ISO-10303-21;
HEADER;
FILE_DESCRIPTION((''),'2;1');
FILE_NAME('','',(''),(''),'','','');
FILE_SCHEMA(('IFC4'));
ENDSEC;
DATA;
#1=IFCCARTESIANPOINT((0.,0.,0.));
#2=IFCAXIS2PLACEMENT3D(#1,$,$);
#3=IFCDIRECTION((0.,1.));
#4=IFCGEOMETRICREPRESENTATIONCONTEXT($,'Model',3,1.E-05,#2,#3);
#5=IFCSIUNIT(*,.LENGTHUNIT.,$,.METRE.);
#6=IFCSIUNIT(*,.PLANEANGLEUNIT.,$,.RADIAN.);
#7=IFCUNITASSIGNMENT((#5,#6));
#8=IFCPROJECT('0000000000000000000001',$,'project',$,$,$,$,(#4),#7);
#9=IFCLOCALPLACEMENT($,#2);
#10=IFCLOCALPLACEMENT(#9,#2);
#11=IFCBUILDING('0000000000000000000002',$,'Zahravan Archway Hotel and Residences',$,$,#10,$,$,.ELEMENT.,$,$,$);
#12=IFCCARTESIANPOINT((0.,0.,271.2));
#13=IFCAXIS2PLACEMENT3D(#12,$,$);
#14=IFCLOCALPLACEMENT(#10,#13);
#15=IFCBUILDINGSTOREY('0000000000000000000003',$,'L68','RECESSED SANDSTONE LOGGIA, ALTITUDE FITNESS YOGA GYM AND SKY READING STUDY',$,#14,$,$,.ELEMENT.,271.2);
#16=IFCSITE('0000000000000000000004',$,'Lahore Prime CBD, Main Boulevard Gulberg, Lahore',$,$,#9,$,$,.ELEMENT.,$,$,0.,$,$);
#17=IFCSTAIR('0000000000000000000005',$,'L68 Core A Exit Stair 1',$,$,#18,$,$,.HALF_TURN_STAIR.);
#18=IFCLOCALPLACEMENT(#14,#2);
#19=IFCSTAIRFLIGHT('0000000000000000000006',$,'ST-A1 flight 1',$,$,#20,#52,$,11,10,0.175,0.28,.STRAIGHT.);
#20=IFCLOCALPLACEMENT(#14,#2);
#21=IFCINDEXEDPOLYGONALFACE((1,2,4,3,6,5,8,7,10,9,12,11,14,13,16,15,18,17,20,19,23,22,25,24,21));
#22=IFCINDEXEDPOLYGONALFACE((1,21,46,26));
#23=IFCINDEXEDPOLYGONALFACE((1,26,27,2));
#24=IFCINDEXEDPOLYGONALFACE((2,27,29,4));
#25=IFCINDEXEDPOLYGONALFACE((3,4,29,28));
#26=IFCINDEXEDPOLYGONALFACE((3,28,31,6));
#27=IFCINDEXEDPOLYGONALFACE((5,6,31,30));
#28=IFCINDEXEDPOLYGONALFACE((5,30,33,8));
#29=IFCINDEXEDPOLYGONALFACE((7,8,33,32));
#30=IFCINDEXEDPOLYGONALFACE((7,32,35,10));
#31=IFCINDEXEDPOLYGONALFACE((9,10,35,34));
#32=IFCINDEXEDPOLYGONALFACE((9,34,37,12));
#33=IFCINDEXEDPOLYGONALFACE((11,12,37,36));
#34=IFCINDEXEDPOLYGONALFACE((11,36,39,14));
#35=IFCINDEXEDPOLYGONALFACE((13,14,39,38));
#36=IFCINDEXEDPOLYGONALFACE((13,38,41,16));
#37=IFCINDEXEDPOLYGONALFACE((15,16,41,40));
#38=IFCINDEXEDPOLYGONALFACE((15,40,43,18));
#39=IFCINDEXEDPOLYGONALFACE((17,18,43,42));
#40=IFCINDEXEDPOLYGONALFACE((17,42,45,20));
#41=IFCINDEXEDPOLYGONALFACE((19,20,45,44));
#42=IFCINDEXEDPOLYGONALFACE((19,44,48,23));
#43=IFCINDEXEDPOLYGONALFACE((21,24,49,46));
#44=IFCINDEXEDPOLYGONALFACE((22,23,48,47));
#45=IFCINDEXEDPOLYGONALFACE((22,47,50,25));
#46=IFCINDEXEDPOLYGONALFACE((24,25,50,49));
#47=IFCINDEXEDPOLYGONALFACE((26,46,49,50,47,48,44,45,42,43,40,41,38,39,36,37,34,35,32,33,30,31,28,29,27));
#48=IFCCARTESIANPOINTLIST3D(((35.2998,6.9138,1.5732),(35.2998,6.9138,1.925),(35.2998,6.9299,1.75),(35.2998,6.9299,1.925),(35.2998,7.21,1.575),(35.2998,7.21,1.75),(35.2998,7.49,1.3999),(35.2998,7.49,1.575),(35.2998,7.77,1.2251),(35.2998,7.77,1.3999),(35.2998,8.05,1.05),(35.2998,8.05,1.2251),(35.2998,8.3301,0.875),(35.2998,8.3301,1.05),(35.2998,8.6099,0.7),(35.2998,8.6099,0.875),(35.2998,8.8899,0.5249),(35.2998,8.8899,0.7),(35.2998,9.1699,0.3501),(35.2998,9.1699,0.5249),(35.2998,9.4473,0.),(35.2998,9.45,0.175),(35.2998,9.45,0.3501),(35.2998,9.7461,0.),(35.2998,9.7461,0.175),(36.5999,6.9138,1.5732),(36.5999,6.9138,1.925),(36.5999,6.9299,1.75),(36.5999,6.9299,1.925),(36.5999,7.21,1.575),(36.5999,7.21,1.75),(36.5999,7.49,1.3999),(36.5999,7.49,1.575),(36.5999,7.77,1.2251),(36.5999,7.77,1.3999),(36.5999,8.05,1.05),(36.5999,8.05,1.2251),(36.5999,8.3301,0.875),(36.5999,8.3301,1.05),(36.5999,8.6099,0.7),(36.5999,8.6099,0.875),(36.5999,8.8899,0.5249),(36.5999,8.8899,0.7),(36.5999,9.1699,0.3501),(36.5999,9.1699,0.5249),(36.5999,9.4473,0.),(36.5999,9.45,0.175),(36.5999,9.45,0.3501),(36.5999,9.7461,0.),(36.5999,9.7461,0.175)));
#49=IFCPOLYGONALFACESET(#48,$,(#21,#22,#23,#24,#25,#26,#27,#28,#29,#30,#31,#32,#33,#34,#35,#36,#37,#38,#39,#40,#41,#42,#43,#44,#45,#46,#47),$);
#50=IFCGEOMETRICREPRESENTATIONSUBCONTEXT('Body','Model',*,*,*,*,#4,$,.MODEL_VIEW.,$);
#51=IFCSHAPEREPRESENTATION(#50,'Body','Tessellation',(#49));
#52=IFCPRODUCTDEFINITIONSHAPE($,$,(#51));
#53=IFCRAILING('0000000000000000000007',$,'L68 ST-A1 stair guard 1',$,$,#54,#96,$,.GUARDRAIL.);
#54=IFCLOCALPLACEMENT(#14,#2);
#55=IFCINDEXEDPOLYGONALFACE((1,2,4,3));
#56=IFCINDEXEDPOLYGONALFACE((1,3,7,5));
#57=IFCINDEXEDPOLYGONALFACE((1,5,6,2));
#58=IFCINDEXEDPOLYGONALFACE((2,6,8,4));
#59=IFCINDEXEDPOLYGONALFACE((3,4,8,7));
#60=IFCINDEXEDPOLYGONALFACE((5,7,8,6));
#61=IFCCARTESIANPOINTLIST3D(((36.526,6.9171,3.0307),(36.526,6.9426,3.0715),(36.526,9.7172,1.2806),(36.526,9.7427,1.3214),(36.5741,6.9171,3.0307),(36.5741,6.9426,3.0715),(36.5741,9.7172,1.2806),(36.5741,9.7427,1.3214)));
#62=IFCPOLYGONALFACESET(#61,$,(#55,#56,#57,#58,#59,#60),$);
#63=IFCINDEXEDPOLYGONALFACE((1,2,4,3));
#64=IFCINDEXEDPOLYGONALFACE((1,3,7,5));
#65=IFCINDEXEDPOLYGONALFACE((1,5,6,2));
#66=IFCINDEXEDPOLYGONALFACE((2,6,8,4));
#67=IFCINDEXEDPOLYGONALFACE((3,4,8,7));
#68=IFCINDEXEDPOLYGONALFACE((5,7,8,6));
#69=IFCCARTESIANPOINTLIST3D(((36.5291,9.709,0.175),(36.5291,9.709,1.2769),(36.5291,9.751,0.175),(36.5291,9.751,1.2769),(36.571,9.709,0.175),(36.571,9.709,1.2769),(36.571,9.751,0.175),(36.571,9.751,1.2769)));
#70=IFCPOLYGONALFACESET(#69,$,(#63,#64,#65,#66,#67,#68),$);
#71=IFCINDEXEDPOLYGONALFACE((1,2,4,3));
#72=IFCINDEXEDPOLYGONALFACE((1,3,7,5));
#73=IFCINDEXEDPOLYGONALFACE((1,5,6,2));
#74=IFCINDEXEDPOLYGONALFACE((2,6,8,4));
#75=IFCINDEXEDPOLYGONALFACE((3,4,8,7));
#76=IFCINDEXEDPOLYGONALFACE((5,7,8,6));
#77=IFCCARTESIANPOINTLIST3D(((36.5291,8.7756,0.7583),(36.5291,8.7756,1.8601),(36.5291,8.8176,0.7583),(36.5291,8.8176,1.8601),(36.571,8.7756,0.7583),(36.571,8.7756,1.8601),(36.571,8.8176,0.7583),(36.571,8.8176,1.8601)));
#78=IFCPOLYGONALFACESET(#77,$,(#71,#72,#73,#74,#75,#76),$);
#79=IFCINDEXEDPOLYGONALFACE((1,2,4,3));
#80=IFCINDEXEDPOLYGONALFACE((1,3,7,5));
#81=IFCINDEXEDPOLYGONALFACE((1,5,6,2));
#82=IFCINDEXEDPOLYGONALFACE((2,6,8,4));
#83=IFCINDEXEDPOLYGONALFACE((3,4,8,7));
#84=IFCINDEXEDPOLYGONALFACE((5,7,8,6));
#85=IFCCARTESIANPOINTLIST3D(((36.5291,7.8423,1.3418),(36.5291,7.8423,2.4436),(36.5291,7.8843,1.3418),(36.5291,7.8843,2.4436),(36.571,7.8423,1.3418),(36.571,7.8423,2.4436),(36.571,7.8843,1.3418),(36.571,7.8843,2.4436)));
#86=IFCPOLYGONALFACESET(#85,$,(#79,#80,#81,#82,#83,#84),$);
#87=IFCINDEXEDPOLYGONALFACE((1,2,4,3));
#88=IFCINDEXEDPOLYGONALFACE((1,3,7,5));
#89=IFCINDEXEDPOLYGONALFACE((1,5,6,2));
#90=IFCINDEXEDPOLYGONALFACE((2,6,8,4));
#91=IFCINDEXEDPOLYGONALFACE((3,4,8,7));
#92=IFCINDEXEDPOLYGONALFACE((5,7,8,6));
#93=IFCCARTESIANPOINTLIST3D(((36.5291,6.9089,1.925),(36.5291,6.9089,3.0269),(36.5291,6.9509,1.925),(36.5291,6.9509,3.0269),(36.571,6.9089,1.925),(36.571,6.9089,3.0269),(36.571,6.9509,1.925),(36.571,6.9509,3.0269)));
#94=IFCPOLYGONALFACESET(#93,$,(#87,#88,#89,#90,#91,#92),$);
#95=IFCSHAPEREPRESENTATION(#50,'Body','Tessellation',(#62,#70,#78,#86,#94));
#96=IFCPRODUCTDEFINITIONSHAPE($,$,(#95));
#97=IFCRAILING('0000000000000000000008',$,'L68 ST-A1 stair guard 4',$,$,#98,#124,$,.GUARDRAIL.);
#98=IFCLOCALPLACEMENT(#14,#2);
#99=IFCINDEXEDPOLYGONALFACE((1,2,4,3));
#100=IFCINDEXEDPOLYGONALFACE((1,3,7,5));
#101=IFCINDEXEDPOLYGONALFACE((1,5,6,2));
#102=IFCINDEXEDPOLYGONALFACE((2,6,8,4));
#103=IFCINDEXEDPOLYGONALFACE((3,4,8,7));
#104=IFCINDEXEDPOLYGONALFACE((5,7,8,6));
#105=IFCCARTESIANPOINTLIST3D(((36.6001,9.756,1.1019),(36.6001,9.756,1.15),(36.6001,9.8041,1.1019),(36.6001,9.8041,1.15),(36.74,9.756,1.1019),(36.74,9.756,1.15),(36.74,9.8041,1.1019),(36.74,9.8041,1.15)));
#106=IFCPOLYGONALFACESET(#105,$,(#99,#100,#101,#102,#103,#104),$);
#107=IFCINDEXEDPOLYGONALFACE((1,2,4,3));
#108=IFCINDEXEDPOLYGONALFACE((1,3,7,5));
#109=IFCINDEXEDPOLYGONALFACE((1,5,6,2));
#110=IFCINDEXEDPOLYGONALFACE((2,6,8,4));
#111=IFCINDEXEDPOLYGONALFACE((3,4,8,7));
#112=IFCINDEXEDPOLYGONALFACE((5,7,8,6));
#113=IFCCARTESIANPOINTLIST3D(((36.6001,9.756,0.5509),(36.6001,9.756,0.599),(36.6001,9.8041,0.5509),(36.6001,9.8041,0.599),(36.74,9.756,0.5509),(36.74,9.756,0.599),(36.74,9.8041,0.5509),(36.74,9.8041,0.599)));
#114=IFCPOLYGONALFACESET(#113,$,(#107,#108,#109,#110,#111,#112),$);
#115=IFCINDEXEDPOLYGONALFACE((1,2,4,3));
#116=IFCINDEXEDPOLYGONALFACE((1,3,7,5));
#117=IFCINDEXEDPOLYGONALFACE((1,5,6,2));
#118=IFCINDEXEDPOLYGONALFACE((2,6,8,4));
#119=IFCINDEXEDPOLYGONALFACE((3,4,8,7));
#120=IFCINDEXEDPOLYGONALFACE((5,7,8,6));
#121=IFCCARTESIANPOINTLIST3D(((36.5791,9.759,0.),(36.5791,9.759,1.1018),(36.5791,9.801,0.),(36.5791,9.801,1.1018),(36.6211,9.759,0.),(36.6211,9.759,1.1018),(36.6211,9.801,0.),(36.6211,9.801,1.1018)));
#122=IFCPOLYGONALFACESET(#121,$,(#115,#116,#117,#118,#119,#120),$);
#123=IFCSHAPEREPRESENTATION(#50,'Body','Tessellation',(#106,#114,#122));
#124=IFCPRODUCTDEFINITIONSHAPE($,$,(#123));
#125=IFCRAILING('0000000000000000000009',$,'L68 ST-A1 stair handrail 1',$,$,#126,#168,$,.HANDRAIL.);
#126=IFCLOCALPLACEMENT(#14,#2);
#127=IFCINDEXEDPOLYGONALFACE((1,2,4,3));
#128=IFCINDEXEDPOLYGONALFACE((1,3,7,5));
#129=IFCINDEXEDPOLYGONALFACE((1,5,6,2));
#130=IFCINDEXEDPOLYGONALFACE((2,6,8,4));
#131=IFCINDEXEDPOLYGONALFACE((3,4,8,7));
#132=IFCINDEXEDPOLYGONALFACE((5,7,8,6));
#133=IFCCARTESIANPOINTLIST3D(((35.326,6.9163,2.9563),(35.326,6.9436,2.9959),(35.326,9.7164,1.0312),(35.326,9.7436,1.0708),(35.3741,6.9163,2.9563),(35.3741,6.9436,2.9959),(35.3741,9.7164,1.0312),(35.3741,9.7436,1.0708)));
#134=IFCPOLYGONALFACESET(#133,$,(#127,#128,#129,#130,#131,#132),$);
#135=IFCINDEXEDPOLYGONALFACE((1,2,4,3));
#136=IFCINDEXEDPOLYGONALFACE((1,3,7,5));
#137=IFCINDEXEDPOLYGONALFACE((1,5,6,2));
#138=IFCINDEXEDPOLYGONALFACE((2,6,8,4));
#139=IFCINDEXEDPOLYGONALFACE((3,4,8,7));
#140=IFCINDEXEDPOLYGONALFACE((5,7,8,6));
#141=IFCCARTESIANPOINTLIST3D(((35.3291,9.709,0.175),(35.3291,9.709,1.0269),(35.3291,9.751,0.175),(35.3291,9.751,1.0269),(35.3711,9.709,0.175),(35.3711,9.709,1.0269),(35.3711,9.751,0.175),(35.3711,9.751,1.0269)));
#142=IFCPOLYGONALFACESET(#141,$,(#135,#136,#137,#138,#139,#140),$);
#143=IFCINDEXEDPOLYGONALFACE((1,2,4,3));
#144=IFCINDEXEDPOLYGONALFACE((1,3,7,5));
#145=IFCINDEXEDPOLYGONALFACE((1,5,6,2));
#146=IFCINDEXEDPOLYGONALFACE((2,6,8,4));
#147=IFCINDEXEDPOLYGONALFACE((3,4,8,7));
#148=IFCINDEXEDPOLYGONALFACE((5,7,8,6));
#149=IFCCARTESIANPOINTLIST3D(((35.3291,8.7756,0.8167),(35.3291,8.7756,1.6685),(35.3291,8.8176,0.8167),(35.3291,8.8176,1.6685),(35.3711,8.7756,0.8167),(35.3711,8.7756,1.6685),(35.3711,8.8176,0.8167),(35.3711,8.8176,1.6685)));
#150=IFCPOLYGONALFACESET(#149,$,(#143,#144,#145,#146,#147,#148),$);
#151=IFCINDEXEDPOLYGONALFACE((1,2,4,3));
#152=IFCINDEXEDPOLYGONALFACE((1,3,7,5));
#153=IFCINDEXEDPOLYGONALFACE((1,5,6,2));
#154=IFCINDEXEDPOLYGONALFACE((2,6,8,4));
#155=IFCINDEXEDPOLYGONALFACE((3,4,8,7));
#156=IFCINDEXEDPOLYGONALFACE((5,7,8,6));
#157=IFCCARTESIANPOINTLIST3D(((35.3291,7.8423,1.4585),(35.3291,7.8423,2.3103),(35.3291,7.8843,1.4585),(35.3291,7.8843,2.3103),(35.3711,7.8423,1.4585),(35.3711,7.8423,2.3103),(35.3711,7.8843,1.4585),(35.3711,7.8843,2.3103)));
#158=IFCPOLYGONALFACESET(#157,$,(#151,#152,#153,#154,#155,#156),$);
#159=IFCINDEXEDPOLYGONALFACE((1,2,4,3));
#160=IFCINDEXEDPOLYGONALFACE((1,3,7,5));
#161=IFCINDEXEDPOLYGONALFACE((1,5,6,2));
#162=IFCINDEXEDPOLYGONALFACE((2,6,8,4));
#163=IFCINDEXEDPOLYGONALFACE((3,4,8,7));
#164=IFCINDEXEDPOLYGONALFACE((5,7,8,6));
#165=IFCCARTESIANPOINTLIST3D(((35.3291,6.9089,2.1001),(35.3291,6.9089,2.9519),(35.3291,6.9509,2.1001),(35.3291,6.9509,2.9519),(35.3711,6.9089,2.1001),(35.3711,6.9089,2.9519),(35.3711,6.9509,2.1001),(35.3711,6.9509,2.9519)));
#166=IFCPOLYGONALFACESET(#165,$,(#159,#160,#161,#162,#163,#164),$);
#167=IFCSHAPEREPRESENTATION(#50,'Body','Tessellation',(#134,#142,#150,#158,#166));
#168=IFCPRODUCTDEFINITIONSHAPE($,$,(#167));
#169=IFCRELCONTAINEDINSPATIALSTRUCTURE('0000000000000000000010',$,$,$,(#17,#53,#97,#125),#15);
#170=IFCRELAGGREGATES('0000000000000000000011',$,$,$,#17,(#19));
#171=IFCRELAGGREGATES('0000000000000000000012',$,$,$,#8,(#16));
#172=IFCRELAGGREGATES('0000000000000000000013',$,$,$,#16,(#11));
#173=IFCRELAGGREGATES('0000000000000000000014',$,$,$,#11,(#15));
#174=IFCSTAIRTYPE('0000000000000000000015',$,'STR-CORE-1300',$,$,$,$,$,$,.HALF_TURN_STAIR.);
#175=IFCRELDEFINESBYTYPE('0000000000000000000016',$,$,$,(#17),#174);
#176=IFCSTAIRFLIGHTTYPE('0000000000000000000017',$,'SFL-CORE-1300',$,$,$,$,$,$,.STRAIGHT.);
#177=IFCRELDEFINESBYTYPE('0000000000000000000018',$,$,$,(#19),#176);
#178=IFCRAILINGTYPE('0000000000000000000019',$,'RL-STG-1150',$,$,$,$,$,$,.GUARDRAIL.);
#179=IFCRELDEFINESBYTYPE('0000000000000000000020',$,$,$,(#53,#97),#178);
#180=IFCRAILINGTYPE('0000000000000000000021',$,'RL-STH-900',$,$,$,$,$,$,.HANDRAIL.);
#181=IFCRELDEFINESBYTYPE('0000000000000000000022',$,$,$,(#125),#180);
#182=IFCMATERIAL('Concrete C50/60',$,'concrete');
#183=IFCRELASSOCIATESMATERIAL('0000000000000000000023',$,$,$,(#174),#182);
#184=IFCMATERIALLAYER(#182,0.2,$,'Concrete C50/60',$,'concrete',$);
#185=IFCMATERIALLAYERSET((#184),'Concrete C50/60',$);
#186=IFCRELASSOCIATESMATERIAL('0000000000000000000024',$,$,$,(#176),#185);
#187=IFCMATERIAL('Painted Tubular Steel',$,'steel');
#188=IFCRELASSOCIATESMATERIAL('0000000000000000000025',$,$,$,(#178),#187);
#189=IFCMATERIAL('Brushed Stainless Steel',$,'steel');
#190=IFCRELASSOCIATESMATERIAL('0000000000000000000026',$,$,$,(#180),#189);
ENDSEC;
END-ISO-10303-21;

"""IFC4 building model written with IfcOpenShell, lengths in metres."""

from ifc_helpers import new_model, si_unit, direction, frame, origin, origin_2d, place, context, subcontext, project, spatial, polyline, rectangle, outline, extrude, source, transform, mapped, material, layer, layer_set, type_object, element, aggregate, save


model = new_model("IFC4")

# Units and contexts
model_context = context("Model", 3, precision=1e-05, world=origin(), true_north=direction((0.0, 1.0)))
body_context = subcontext(model_context, "Body", "Model", "MODEL_VIEW")
ifc_project = project(units=[si_unit("LENGTHUNIT", "METRE"), si_unit("PLANEANGLEUNIT", "RADIAN")], contexts=[model_context])

# Site, building, storey
site_placement = place(None, origin())
site = spatial("IfcSite", under=ifc_project, at=site_placement, Name="Lahore Prime CBD, Main Boulevard Gulberg, Lahore", CompositionType="ELEMENT", RefElevation=0.0)
building_placement = place(site_placement, origin())
building = spatial("IfcBuilding", under=site, at=building_placement, Name="Zahravan Archway Hotel and Residences", CompositionType="ELEMENT")
storey_placement = place(building_placement, frame((0.0, 0.0, 271.2)))
storey = spatial("IfcBuildingStorey", under=building, at=storey_placement, Name="L68", Description="RECESSED SANDSTONE LOGGIA, ALTITUDE FITNESS YOGA GYM AND SKY READING STUDY", CompositionType="ELEMENT", Elevation=271.2)

# Shared definitions
ifc_material_1 = material(Name="Concrete C50/60", Category="concrete")

# Shared definitions
ifc_material_2 = material(Name="Brushed Stainless Steel", Category="steel")

# Stair, stair flight
stair_type = type_object("IfcStairType", Name="STR-CORE-1300", PredefinedType="HALF_TURN_STAIR", material=ifc_material_1)
stair_placement = place(storey_placement, origin())
stair = element("IfcStair", 1, at=stair_placement, inside=storey, type_object=stair_type, Name="L68 Core A Exit Stair 1", PredefinedType="HALF_TURN_STAIR")
ifc_layer_1 = layer(ifc_material_1, 0.2, Name="Concrete C50/60", Category="concrete")
ifc_layer_set_1 = layer_set([ifc_layer_1], Name="Concrete C50/60")
stair_flight_type = type_object("IfcStairFlightType", Name="SFL-CORE-1300", PredefinedType="STRAIGHT", material=ifc_layer_set_1)
shared_shape_1 = source(origin(), body_context, "Body", "SweptSolid", [
    extrude(outline(polyline([(-0.0161, 0.0), (-0.0161, 0.175), (0.28, 0.175), (0.28, 0.3501), (0.5601, 0.3501), (0.5601, 0.5249), (0.8401, 0.5249), (0.8401, 0.7), (1.1201, 0.7), (1.1201, 0.875), (1.3999, 0.875), (1.3999, 1.05), (1.6799, 1.05), (1.6799, 1.2251), (1.96, 1.2251), (1.96, 1.3999), (2.24, 1.3999), (2.24, 1.575), (2.52, 1.575), (2.52, 1.75), (2.8, 1.75), (2.8, 1.925), (2.8162, 1.925), (2.8162, 1.5732), (0.2827, 0.0), (-0.0161, 0.0)])), frame((0.0, 0.6499, 0.0), z_axis=(0.0, -1.0, 0.0), x_axis=(1.0, 0.0, 0.0)), (0.0, 0.0, 1.0), 1.3),
])
stair_flight_placement = place(storey_placement, frame((35.95, 9.73, 0.0), z_axis=(0.0, 0.0, 1.0), x_axis=(0.0, -1.0, 0.0)))
stair_flight = element("IfcStairFlight", 2, at=stair_flight_placement, type_object=stair_flight_type, Name="ST-A1 flight 1", NumberOfRisers=11, NumberOfTreads=10, PredefinedType="STRAIGHT", RiserHeight=0.175, TreadLength=0.28, context=body_context, shape_type="MappedRepresentation", body=[
    mapped(shared_shape_1, transform((0.0, 0.0, 0.0), scale=1.0)),
])
aggregate(stair, [stair_flight])

# Railings
ifc_material_3 = material(Name="Painted Tubular Steel", Category="steel")
railing_type_1 = type_object("IfcRailingType", Name="RL-STG-1150", PredefinedType="GUARDRAIL", material=ifc_material_3)
railing_1_placement = place(storey_placement, frame((36.55, 9.73, 0.175)))
element("IfcRailing", 3, at=railing_1_placement, inside=storey, type_object=railing_type_1, Name="L68 ST-A1 stair guard 1", PredefinedType="GUARDRAIL", context=body_context, shape_type="SweptSolid", body=[
    extrude(rectangle(XDim=0.0481, YDim=0.0481, at=origin_2d()), frame((0.0, 0.0, 1.126), z_axis=(0.0, -0.848002, 0.529992), x_axis=(1.0, 0.0, 0.0)), (0.0, 0.0, 1.0), 3.302),
    extrude(rectangle(XDim=0.042, YDim=0.042, at=origin_2d()), origin(), (0.0, 0.0, 1.0), 1.1018),
    extrude(rectangle(XDim=0.042, YDim=0.042, at=origin_2d()), frame((0.0, -0.9333, 0.5833)), (0.0, 0.0, 1.0), 1.1018),
    extrude(rectangle(XDim=0.042, YDim=0.042, at=origin_2d()), frame((0.0, -1.8667, 1.1667)), (0.0, 0.0, 1.0), 1.1018),
    extrude(rectangle(XDim=0.042, YDim=0.042, at=origin_2d()), frame((0.0, -2.8, 1.75)), (0.0, 0.0, 1.0), 1.1018),
])
railing_2_placement = place(storey_placement, frame((36.6001, 9.78, 0.0)))
element("IfcRailing", 4, at=railing_2_placement, inside=storey, type_object=railing_type_1, Name="L68 ST-A1 stair guard 4", PredefinedType="GUARDRAIL", context=body_context, shape_type="SweptSolid", body=[
    extrude(rectangle(XDim=0.0481, YDim=0.0481, at=origin_2d()), frame((0.0, 0.0, 1.126), z_axis=(1.0, 0.0, 0.0), x_axis=(0.0, 1.0, 0.0)), (0.0, 0.0, 1.0), 0.1399),
    extrude(rectangle(XDim=0.0481, YDim=0.0481, at=origin_2d()), frame((0.0, 0.0, 0.575), z_axis=(1.0, 0.0, 0.0), x_axis=(0.0, 1.0, 0.0)), (0.0, 0.0, 1.0), 0.1399),
    extrude(rectangle(XDim=0.042, YDim=0.042, at=origin_2d()), origin(), (0.0, 0.0, 1.0), 1.1018),
])
railing_type_2 = type_object("IfcRailingType", Name="RL-STH-900", PredefinedType="HANDRAIL", material=ifc_material_2)
railing_3_placement = place(storey_placement, frame((35.3501, 9.73, 0.175)))
element("IfcRailing", 5, at=railing_3_placement, inside=storey, type_object=railing_type_2, Name="L68 ST-A1 stair handrail 1", PredefinedType="HANDRAIL", context=body_context, shape_type="SweptSolid", body=[
    extrude(rectangle(XDim=0.0481, YDim=0.0481, at=origin_2d()), frame((0.0, 0.0, 0.876), z_axis=(0.0, -0.82404, 0.566532), x_axis=(1.0, 0.0, 0.0)), (0.0, 0.0, 1.0), 3.3979),
    extrude(rectangle(XDim=0.042, YDim=0.042, at=origin_2d()), origin(), (0.0, 0.0, 1.0), 0.8518),
    extrude(rectangle(XDim=0.042, YDim=0.042, at=origin_2d()), frame((0.0, -0.9333, 0.6416)), (0.0, 0.0, 1.0), 0.8518),
    extrude(rectangle(XDim=0.042, YDim=0.042, at=origin_2d()), frame((0.0, -1.8667, 1.2834)), (0.0, 0.0, 1.0), 0.8518),
    extrude(rectangle(XDim=0.042, YDim=0.042, at=origin_2d()), frame((0.0, -2.8, 1.925)), (0.0, 0.0, 1.0), 0.8518),
])

save(model, "model.ifc")
